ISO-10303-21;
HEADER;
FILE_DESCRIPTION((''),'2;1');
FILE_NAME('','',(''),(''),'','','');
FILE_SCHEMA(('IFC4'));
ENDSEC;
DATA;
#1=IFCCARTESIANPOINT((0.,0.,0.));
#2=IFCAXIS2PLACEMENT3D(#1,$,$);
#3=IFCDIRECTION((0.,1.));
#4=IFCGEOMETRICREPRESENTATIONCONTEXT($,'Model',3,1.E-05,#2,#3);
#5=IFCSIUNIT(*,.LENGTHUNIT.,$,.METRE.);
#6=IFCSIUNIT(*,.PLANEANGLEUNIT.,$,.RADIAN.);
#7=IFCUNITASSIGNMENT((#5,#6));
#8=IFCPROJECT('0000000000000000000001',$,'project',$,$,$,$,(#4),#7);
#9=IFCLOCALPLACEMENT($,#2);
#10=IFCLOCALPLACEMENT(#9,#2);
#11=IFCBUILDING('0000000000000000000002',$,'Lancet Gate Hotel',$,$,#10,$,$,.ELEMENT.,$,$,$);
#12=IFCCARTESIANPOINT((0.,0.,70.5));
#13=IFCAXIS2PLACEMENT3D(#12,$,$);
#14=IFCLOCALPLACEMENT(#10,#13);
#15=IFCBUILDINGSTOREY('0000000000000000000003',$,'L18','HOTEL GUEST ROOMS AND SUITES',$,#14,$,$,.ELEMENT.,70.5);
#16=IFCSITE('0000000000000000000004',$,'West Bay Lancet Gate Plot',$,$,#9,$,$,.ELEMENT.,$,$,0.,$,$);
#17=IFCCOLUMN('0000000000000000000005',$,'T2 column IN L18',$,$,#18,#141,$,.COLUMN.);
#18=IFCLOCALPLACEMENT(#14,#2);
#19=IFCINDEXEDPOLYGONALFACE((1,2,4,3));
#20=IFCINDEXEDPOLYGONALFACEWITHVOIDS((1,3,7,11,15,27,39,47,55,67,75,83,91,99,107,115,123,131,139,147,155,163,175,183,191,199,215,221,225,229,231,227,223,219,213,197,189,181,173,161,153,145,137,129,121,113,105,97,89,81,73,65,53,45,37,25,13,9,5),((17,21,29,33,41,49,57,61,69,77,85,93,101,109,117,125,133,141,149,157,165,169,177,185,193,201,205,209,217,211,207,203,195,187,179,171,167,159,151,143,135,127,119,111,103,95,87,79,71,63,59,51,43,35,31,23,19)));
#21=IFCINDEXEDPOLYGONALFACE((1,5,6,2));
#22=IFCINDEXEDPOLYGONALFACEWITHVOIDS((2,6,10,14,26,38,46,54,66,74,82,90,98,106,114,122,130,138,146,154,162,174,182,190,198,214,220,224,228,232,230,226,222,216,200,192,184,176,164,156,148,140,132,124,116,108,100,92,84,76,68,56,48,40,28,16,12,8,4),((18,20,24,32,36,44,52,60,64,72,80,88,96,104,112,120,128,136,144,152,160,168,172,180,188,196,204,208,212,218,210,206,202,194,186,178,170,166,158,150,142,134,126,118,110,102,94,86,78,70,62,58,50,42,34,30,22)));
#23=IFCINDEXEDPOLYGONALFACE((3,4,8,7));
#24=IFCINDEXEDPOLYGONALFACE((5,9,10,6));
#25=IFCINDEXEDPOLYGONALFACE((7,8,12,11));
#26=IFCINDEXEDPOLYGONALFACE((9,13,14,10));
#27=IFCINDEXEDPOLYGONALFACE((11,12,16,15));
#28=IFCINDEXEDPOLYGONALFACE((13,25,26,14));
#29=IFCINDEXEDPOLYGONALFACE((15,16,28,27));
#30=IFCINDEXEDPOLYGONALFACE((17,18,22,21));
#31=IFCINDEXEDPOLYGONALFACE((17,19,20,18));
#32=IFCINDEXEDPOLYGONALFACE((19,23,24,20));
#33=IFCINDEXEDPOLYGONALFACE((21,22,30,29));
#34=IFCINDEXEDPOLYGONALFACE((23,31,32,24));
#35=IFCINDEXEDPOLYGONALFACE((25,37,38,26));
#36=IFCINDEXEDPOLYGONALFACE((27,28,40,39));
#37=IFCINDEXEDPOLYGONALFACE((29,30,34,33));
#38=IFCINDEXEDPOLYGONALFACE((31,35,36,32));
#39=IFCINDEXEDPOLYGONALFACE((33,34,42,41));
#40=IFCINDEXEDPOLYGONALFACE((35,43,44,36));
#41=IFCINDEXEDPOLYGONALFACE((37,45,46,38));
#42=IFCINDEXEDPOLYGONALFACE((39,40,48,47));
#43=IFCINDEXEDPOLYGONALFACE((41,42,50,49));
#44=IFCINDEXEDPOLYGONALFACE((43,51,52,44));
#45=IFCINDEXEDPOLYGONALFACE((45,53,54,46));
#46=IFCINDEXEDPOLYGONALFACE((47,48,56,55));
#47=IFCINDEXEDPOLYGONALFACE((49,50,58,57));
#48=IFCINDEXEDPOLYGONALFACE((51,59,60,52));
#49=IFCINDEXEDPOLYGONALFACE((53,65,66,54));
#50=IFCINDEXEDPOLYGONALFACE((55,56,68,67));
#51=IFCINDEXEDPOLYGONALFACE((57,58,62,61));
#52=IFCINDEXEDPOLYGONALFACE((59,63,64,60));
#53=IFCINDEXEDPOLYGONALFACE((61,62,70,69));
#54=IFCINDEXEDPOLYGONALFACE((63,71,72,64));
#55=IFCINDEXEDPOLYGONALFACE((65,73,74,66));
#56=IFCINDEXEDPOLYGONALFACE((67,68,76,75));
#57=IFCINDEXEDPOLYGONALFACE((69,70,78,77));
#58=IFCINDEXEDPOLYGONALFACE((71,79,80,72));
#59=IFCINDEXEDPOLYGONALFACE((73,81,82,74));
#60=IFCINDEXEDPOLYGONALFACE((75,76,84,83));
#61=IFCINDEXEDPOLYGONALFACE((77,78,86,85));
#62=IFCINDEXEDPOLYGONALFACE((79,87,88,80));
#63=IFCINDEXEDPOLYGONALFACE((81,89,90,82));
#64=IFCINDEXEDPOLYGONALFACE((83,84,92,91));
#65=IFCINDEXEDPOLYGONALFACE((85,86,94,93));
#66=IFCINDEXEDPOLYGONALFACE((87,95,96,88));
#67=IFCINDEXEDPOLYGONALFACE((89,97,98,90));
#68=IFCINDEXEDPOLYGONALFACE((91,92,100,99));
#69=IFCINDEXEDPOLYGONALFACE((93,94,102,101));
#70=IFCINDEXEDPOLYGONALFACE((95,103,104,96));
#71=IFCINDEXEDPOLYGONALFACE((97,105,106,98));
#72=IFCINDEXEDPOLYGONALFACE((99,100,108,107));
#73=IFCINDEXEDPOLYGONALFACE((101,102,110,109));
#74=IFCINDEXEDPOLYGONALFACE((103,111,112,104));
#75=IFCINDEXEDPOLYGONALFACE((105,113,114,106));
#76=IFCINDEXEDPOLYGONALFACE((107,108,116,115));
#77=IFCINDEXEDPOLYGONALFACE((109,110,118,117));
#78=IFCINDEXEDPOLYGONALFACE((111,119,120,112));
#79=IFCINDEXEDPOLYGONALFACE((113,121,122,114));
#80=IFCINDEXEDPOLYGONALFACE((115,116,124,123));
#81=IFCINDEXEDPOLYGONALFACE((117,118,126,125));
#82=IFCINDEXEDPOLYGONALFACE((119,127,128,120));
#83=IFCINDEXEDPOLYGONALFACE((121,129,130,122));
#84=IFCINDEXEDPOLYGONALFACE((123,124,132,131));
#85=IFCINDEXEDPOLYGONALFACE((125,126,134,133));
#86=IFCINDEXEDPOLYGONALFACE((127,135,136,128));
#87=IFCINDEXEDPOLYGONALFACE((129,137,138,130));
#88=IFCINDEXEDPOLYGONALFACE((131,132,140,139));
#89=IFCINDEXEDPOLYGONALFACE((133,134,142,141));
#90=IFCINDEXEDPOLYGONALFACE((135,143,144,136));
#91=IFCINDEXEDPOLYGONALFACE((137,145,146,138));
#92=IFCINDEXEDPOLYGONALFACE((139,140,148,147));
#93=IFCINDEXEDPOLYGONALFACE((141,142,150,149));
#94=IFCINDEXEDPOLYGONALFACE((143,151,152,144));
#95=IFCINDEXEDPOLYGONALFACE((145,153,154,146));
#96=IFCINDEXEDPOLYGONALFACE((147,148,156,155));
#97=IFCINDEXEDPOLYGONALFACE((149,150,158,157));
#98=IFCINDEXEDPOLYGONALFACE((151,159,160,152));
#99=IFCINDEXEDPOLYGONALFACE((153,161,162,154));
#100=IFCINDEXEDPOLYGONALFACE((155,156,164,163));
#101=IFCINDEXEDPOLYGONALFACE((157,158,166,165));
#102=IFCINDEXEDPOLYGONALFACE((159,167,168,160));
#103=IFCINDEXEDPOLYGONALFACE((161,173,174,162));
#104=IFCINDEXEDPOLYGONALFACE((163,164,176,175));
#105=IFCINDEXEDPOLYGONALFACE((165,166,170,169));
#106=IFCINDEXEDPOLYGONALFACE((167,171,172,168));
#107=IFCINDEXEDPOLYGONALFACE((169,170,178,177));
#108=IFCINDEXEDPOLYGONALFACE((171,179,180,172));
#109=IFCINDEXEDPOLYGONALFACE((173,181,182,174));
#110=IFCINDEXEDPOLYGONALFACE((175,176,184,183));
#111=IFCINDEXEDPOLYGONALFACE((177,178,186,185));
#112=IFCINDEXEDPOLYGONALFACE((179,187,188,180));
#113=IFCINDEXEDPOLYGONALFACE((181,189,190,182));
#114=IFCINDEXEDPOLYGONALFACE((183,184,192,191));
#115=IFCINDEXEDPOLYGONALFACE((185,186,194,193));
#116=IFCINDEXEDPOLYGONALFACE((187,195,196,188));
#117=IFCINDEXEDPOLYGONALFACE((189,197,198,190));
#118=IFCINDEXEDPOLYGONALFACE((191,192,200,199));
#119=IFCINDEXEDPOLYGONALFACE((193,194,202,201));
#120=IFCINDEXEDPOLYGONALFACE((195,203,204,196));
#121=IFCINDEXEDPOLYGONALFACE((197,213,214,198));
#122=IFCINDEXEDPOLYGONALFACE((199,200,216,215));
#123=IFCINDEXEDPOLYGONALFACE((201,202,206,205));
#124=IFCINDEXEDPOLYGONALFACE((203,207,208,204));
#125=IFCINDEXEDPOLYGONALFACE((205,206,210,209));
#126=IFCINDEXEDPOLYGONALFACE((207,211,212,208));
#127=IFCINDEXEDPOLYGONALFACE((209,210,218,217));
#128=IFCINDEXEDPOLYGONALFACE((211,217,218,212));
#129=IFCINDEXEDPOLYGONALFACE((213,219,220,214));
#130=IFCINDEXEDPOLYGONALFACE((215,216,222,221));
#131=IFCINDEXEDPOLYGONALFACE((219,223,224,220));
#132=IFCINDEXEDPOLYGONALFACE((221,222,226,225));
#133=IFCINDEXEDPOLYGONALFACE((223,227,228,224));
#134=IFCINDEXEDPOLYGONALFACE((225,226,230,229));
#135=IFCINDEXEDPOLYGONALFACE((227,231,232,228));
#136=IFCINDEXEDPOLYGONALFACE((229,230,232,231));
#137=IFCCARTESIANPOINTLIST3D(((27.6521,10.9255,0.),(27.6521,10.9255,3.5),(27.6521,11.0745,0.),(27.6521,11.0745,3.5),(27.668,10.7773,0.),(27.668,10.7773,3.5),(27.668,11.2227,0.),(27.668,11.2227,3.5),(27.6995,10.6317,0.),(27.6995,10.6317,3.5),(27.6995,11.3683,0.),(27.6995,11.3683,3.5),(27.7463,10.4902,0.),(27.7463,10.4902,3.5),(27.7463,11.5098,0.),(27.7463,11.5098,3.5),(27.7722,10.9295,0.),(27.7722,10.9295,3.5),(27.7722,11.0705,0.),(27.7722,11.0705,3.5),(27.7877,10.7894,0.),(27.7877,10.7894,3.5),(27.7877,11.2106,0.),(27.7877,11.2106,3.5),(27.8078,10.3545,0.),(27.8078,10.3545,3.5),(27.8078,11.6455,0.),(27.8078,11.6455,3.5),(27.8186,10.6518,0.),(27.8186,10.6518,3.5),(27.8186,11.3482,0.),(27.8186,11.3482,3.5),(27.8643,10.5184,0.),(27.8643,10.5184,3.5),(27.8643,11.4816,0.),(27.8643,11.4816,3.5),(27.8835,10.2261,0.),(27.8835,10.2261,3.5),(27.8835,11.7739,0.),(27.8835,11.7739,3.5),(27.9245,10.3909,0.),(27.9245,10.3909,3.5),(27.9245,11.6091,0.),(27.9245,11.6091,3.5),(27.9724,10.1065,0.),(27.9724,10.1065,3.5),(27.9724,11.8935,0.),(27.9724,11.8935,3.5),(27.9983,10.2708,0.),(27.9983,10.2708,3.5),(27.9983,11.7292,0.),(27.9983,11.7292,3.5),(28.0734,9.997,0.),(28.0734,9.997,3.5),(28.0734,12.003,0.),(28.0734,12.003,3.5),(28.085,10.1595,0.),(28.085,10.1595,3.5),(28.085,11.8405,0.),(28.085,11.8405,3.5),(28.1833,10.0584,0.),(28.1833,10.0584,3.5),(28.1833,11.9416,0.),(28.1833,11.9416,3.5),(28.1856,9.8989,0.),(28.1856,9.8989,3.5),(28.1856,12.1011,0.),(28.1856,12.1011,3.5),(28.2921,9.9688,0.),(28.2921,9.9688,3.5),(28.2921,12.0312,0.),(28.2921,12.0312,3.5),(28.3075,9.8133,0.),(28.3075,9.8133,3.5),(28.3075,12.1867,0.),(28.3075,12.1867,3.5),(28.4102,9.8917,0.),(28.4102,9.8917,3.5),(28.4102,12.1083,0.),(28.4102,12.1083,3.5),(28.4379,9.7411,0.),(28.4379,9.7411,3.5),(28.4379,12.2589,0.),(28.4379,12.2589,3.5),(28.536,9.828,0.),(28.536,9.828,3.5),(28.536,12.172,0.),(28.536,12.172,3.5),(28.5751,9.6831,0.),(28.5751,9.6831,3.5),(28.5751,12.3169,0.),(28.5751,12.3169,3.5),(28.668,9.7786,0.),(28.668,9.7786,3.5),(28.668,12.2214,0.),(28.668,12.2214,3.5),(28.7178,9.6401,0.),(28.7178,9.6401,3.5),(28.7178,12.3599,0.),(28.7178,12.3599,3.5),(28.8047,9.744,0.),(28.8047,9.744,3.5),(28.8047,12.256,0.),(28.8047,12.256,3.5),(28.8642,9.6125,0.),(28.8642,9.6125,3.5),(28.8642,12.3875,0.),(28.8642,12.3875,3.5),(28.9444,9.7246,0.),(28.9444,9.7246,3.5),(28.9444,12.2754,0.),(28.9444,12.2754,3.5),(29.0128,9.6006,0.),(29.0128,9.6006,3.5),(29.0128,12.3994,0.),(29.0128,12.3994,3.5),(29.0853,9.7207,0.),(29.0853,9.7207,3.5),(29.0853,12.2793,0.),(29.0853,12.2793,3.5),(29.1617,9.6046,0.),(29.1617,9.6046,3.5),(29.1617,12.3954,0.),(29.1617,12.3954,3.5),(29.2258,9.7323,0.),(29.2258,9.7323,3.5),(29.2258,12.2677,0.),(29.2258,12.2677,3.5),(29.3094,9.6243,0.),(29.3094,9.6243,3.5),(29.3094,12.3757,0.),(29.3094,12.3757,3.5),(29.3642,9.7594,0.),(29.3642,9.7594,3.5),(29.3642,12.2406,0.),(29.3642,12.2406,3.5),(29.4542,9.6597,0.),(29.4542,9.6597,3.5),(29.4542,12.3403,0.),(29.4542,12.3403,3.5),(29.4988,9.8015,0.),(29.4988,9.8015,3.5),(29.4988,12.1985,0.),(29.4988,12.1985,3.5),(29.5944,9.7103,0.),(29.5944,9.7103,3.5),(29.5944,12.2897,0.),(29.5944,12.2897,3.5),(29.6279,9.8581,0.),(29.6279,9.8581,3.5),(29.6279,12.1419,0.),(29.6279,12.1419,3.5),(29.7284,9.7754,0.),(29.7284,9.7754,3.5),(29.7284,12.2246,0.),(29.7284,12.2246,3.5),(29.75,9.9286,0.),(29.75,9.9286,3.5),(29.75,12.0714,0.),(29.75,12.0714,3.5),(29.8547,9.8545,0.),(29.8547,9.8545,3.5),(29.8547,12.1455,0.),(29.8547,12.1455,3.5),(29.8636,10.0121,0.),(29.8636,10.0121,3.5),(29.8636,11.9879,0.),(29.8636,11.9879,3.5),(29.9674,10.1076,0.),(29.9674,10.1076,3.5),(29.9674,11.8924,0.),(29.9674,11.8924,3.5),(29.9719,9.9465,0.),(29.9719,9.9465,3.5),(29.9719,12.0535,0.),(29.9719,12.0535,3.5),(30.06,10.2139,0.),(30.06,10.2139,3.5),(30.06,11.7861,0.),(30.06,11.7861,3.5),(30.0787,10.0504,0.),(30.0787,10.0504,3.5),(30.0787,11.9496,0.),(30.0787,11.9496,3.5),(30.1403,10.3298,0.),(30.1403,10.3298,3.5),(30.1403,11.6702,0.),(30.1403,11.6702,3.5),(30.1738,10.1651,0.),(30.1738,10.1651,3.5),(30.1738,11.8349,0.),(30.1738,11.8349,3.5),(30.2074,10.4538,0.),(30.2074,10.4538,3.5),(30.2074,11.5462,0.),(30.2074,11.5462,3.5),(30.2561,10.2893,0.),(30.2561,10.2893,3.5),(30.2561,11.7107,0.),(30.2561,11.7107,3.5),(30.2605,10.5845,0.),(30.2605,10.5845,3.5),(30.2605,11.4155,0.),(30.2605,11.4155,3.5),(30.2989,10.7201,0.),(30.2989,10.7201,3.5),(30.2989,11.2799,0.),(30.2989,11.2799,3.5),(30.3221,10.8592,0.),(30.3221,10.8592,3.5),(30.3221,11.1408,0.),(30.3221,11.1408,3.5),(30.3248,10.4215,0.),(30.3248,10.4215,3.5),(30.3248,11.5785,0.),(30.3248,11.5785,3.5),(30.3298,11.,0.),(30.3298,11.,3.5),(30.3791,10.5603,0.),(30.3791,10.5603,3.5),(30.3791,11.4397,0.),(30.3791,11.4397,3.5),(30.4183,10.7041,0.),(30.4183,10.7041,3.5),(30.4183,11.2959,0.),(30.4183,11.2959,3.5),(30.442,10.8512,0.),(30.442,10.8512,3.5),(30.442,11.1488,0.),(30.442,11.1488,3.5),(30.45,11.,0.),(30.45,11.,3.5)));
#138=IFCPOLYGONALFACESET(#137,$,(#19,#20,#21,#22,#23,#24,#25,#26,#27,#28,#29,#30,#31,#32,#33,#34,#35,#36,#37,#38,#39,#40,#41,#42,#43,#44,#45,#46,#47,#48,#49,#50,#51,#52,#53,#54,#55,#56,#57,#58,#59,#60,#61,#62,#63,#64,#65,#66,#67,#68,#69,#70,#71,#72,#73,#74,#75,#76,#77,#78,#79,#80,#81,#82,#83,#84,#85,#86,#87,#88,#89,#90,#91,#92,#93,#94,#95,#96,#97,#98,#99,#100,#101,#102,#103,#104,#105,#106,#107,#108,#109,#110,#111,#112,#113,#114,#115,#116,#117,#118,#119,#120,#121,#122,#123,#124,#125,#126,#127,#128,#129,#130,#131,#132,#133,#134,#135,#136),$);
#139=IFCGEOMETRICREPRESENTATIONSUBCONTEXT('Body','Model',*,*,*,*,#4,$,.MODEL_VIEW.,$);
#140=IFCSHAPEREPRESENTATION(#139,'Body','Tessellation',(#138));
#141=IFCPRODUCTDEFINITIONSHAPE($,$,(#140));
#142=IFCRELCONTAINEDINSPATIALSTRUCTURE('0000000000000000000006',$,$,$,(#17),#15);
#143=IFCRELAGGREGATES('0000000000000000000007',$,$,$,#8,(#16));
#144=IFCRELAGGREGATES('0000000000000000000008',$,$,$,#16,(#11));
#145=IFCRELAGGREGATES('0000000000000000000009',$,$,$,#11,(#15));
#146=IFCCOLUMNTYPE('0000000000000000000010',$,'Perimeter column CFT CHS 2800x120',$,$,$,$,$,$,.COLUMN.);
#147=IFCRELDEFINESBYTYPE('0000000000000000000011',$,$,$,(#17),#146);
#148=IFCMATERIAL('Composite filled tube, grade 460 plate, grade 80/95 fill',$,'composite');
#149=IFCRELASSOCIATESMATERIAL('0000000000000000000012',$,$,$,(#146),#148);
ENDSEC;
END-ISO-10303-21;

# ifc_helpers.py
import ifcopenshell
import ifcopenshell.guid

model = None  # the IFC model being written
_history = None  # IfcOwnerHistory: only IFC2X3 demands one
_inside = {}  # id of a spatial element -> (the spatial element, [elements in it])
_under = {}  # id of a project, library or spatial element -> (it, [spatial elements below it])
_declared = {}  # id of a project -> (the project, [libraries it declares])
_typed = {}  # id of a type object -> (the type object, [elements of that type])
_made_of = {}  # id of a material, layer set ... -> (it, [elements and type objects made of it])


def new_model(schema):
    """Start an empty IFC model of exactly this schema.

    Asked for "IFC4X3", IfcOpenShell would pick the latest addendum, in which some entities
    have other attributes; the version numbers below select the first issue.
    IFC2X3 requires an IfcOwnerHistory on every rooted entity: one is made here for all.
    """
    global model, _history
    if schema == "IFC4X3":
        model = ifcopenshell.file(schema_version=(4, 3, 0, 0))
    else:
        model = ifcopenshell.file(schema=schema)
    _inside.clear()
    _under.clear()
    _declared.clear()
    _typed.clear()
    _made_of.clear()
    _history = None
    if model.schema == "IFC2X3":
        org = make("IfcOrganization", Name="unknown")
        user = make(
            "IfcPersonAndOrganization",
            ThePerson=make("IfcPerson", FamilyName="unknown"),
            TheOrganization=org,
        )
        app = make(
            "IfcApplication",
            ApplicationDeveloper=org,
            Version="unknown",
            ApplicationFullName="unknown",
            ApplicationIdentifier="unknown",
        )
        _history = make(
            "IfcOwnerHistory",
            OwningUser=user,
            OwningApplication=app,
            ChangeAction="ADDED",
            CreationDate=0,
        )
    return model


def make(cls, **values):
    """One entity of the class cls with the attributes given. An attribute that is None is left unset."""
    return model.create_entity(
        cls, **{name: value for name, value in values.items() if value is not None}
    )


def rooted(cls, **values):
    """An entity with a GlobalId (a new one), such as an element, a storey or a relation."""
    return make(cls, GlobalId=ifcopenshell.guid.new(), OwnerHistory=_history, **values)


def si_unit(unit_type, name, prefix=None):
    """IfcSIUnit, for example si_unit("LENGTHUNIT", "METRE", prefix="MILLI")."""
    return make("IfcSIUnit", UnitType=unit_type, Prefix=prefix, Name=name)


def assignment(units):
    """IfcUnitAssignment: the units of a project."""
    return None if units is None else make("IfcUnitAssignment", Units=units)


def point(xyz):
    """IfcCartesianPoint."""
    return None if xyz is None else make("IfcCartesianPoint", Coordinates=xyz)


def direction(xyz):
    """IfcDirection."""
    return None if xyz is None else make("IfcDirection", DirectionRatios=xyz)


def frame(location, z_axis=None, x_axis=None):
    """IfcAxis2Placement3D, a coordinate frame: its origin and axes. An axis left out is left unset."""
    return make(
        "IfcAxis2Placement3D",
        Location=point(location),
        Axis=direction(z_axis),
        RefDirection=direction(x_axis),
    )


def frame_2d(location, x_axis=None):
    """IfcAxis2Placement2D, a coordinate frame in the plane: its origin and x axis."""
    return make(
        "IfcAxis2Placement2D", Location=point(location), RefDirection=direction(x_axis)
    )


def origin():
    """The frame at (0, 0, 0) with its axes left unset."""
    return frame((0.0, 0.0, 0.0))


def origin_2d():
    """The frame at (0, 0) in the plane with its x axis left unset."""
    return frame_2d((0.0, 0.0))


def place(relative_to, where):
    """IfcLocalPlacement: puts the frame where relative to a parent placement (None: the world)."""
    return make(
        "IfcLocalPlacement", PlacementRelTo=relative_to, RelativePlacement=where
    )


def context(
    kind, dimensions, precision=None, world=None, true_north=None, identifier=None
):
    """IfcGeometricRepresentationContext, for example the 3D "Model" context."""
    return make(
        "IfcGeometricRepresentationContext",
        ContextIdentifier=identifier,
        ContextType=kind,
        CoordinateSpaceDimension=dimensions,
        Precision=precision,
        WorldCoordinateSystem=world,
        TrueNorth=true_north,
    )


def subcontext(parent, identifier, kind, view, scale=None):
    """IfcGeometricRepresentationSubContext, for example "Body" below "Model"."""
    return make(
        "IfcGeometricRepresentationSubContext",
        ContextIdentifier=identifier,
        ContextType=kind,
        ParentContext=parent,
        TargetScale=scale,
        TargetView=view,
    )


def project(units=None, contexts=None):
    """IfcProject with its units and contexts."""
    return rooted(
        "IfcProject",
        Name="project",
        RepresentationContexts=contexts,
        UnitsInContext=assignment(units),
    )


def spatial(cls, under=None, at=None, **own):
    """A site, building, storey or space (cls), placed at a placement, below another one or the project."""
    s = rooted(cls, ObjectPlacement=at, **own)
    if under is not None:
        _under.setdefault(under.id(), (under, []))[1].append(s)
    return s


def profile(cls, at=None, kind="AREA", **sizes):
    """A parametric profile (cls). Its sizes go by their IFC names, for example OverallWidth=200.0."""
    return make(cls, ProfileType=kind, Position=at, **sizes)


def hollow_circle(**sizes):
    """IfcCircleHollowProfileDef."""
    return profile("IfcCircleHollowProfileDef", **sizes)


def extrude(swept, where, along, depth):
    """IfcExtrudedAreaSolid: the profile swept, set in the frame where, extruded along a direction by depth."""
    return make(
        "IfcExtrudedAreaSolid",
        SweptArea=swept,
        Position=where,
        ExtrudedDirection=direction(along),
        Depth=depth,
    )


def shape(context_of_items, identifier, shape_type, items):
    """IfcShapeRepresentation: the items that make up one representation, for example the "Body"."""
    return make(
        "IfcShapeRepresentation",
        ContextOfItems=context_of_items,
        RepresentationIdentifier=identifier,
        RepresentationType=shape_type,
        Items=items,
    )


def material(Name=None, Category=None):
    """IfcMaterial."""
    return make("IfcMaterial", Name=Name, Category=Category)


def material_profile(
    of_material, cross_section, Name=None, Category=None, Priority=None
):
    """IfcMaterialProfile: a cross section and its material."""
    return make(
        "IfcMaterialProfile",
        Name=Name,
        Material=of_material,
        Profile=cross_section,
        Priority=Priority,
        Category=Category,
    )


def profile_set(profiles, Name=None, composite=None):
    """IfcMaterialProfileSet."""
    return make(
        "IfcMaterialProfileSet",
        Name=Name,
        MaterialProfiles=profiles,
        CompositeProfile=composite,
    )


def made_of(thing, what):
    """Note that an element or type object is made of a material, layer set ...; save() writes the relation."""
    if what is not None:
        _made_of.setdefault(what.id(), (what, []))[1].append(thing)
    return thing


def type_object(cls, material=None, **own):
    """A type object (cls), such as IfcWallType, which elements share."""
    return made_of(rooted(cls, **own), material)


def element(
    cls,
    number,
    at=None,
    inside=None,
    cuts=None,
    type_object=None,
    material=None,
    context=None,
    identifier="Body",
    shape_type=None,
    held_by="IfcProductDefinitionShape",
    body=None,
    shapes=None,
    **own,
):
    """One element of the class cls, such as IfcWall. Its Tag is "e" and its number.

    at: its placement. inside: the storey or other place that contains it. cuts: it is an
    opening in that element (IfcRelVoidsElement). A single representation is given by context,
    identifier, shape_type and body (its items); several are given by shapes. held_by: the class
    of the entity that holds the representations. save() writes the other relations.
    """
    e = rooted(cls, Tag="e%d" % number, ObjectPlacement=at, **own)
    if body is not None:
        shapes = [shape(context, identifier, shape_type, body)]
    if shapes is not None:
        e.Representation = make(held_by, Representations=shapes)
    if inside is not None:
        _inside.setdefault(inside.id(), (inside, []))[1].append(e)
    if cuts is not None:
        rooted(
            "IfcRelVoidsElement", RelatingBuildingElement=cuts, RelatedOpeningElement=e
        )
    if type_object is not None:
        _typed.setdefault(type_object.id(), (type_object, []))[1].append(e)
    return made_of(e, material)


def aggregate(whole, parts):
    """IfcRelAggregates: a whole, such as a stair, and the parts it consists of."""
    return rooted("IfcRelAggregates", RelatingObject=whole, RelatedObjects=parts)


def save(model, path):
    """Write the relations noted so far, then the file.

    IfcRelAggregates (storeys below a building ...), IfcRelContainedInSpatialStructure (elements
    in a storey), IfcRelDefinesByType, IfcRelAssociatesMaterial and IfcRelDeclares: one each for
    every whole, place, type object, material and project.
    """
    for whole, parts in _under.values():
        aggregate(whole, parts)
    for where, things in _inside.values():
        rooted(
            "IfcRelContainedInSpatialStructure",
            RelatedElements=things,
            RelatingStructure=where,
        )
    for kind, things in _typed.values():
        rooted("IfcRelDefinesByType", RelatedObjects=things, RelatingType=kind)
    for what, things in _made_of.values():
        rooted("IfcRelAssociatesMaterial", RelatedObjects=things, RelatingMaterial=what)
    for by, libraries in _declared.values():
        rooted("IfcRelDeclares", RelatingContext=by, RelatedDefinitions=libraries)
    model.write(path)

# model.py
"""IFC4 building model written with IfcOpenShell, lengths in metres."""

from ifc_helpers import new_model, si_unit, direction, frame, origin, origin_2d, place, context, subcontext, project, spatial, hollow_circle, extrude, material, material_profile, profile_set, type_object, element, save


model = new_model("IFC4")

# Units and contexts
model_context = context("Model", 3, precision=1e-05, world=origin(), true_north=direction((0.0, 1.0)))
body_context = subcontext(model_context, "Body", "Model", "MODEL_VIEW")
ifc_project = project(units=[si_unit("LENGTHUNIT", "METRE"), si_unit("PLANEANGLEUNIT", "RADIAN")], contexts=[model_context])

# Site, building, storey
site_placement = place(None, origin())
site = spatial("IfcSite", under=ifc_project, at=site_placement, Name="West Bay Lancet Gate Plot", CompositionType="ELEMENT", RefElevation=0.0)
building_placement = place(site_placement, origin())
building = spatial("IfcBuilding", under=site, at=building_placement, Name="Lancet Gate Hotel", CompositionType="ELEMENT")
storey_placement = place(building_placement, frame((0.0, 0.0, 70.5)))
storey = spatial("IfcBuildingStorey", under=building, at=storey_placement, Name="L18", Description="HOTEL GUEST ROOMS AND SUITES", CompositionType="ELEMENT", Elevation=70.5)

# Column
ifc_material_1 = material(Name="Composite filled tube, grade 460 plate, grade 80/95 fill", Category="composite")
ifc_material_profile_1 = material_profile(ifc_material_1, hollow_circle(Radius=1.3999, WallThickness=0.1201, at=origin_2d()), Name="CHS 2800x120")
ifc_profile_set_1 = profile_set([ifc_material_profile_1], Name="Composite filled tube, grade 460 plate, grade 80/95 fill")
column_type = type_object("IfcColumnType", Name="Perimeter column CFT CHS 2800x120", PredefinedType="COLUMN", material=ifc_profile_set_1)
for number, where, z_axis, x_axis, name in (
    (1, (29.05, 11.0, 0.0), (0.0, 0.0, 1.0), (1.0, 0.0, 0.0), "T2 column IN L18"),
):
    element("IfcColumn", number, at=place(storey_placement, frame(where, z_axis=z_axis, x_axis=x_axis)), inside=storey, type_object=column_type, Name=name, PredefinedType="COLUMN", context=body_context, shape_type="SweptSolid", body=[
        extrude(hollow_circle(Radius=1.3999, WallThickness=0.1201, at=origin_2d()), origin(), (0.0, 0.0, 1.0), 3.5),
    ])

save(model, "model.ifc")
